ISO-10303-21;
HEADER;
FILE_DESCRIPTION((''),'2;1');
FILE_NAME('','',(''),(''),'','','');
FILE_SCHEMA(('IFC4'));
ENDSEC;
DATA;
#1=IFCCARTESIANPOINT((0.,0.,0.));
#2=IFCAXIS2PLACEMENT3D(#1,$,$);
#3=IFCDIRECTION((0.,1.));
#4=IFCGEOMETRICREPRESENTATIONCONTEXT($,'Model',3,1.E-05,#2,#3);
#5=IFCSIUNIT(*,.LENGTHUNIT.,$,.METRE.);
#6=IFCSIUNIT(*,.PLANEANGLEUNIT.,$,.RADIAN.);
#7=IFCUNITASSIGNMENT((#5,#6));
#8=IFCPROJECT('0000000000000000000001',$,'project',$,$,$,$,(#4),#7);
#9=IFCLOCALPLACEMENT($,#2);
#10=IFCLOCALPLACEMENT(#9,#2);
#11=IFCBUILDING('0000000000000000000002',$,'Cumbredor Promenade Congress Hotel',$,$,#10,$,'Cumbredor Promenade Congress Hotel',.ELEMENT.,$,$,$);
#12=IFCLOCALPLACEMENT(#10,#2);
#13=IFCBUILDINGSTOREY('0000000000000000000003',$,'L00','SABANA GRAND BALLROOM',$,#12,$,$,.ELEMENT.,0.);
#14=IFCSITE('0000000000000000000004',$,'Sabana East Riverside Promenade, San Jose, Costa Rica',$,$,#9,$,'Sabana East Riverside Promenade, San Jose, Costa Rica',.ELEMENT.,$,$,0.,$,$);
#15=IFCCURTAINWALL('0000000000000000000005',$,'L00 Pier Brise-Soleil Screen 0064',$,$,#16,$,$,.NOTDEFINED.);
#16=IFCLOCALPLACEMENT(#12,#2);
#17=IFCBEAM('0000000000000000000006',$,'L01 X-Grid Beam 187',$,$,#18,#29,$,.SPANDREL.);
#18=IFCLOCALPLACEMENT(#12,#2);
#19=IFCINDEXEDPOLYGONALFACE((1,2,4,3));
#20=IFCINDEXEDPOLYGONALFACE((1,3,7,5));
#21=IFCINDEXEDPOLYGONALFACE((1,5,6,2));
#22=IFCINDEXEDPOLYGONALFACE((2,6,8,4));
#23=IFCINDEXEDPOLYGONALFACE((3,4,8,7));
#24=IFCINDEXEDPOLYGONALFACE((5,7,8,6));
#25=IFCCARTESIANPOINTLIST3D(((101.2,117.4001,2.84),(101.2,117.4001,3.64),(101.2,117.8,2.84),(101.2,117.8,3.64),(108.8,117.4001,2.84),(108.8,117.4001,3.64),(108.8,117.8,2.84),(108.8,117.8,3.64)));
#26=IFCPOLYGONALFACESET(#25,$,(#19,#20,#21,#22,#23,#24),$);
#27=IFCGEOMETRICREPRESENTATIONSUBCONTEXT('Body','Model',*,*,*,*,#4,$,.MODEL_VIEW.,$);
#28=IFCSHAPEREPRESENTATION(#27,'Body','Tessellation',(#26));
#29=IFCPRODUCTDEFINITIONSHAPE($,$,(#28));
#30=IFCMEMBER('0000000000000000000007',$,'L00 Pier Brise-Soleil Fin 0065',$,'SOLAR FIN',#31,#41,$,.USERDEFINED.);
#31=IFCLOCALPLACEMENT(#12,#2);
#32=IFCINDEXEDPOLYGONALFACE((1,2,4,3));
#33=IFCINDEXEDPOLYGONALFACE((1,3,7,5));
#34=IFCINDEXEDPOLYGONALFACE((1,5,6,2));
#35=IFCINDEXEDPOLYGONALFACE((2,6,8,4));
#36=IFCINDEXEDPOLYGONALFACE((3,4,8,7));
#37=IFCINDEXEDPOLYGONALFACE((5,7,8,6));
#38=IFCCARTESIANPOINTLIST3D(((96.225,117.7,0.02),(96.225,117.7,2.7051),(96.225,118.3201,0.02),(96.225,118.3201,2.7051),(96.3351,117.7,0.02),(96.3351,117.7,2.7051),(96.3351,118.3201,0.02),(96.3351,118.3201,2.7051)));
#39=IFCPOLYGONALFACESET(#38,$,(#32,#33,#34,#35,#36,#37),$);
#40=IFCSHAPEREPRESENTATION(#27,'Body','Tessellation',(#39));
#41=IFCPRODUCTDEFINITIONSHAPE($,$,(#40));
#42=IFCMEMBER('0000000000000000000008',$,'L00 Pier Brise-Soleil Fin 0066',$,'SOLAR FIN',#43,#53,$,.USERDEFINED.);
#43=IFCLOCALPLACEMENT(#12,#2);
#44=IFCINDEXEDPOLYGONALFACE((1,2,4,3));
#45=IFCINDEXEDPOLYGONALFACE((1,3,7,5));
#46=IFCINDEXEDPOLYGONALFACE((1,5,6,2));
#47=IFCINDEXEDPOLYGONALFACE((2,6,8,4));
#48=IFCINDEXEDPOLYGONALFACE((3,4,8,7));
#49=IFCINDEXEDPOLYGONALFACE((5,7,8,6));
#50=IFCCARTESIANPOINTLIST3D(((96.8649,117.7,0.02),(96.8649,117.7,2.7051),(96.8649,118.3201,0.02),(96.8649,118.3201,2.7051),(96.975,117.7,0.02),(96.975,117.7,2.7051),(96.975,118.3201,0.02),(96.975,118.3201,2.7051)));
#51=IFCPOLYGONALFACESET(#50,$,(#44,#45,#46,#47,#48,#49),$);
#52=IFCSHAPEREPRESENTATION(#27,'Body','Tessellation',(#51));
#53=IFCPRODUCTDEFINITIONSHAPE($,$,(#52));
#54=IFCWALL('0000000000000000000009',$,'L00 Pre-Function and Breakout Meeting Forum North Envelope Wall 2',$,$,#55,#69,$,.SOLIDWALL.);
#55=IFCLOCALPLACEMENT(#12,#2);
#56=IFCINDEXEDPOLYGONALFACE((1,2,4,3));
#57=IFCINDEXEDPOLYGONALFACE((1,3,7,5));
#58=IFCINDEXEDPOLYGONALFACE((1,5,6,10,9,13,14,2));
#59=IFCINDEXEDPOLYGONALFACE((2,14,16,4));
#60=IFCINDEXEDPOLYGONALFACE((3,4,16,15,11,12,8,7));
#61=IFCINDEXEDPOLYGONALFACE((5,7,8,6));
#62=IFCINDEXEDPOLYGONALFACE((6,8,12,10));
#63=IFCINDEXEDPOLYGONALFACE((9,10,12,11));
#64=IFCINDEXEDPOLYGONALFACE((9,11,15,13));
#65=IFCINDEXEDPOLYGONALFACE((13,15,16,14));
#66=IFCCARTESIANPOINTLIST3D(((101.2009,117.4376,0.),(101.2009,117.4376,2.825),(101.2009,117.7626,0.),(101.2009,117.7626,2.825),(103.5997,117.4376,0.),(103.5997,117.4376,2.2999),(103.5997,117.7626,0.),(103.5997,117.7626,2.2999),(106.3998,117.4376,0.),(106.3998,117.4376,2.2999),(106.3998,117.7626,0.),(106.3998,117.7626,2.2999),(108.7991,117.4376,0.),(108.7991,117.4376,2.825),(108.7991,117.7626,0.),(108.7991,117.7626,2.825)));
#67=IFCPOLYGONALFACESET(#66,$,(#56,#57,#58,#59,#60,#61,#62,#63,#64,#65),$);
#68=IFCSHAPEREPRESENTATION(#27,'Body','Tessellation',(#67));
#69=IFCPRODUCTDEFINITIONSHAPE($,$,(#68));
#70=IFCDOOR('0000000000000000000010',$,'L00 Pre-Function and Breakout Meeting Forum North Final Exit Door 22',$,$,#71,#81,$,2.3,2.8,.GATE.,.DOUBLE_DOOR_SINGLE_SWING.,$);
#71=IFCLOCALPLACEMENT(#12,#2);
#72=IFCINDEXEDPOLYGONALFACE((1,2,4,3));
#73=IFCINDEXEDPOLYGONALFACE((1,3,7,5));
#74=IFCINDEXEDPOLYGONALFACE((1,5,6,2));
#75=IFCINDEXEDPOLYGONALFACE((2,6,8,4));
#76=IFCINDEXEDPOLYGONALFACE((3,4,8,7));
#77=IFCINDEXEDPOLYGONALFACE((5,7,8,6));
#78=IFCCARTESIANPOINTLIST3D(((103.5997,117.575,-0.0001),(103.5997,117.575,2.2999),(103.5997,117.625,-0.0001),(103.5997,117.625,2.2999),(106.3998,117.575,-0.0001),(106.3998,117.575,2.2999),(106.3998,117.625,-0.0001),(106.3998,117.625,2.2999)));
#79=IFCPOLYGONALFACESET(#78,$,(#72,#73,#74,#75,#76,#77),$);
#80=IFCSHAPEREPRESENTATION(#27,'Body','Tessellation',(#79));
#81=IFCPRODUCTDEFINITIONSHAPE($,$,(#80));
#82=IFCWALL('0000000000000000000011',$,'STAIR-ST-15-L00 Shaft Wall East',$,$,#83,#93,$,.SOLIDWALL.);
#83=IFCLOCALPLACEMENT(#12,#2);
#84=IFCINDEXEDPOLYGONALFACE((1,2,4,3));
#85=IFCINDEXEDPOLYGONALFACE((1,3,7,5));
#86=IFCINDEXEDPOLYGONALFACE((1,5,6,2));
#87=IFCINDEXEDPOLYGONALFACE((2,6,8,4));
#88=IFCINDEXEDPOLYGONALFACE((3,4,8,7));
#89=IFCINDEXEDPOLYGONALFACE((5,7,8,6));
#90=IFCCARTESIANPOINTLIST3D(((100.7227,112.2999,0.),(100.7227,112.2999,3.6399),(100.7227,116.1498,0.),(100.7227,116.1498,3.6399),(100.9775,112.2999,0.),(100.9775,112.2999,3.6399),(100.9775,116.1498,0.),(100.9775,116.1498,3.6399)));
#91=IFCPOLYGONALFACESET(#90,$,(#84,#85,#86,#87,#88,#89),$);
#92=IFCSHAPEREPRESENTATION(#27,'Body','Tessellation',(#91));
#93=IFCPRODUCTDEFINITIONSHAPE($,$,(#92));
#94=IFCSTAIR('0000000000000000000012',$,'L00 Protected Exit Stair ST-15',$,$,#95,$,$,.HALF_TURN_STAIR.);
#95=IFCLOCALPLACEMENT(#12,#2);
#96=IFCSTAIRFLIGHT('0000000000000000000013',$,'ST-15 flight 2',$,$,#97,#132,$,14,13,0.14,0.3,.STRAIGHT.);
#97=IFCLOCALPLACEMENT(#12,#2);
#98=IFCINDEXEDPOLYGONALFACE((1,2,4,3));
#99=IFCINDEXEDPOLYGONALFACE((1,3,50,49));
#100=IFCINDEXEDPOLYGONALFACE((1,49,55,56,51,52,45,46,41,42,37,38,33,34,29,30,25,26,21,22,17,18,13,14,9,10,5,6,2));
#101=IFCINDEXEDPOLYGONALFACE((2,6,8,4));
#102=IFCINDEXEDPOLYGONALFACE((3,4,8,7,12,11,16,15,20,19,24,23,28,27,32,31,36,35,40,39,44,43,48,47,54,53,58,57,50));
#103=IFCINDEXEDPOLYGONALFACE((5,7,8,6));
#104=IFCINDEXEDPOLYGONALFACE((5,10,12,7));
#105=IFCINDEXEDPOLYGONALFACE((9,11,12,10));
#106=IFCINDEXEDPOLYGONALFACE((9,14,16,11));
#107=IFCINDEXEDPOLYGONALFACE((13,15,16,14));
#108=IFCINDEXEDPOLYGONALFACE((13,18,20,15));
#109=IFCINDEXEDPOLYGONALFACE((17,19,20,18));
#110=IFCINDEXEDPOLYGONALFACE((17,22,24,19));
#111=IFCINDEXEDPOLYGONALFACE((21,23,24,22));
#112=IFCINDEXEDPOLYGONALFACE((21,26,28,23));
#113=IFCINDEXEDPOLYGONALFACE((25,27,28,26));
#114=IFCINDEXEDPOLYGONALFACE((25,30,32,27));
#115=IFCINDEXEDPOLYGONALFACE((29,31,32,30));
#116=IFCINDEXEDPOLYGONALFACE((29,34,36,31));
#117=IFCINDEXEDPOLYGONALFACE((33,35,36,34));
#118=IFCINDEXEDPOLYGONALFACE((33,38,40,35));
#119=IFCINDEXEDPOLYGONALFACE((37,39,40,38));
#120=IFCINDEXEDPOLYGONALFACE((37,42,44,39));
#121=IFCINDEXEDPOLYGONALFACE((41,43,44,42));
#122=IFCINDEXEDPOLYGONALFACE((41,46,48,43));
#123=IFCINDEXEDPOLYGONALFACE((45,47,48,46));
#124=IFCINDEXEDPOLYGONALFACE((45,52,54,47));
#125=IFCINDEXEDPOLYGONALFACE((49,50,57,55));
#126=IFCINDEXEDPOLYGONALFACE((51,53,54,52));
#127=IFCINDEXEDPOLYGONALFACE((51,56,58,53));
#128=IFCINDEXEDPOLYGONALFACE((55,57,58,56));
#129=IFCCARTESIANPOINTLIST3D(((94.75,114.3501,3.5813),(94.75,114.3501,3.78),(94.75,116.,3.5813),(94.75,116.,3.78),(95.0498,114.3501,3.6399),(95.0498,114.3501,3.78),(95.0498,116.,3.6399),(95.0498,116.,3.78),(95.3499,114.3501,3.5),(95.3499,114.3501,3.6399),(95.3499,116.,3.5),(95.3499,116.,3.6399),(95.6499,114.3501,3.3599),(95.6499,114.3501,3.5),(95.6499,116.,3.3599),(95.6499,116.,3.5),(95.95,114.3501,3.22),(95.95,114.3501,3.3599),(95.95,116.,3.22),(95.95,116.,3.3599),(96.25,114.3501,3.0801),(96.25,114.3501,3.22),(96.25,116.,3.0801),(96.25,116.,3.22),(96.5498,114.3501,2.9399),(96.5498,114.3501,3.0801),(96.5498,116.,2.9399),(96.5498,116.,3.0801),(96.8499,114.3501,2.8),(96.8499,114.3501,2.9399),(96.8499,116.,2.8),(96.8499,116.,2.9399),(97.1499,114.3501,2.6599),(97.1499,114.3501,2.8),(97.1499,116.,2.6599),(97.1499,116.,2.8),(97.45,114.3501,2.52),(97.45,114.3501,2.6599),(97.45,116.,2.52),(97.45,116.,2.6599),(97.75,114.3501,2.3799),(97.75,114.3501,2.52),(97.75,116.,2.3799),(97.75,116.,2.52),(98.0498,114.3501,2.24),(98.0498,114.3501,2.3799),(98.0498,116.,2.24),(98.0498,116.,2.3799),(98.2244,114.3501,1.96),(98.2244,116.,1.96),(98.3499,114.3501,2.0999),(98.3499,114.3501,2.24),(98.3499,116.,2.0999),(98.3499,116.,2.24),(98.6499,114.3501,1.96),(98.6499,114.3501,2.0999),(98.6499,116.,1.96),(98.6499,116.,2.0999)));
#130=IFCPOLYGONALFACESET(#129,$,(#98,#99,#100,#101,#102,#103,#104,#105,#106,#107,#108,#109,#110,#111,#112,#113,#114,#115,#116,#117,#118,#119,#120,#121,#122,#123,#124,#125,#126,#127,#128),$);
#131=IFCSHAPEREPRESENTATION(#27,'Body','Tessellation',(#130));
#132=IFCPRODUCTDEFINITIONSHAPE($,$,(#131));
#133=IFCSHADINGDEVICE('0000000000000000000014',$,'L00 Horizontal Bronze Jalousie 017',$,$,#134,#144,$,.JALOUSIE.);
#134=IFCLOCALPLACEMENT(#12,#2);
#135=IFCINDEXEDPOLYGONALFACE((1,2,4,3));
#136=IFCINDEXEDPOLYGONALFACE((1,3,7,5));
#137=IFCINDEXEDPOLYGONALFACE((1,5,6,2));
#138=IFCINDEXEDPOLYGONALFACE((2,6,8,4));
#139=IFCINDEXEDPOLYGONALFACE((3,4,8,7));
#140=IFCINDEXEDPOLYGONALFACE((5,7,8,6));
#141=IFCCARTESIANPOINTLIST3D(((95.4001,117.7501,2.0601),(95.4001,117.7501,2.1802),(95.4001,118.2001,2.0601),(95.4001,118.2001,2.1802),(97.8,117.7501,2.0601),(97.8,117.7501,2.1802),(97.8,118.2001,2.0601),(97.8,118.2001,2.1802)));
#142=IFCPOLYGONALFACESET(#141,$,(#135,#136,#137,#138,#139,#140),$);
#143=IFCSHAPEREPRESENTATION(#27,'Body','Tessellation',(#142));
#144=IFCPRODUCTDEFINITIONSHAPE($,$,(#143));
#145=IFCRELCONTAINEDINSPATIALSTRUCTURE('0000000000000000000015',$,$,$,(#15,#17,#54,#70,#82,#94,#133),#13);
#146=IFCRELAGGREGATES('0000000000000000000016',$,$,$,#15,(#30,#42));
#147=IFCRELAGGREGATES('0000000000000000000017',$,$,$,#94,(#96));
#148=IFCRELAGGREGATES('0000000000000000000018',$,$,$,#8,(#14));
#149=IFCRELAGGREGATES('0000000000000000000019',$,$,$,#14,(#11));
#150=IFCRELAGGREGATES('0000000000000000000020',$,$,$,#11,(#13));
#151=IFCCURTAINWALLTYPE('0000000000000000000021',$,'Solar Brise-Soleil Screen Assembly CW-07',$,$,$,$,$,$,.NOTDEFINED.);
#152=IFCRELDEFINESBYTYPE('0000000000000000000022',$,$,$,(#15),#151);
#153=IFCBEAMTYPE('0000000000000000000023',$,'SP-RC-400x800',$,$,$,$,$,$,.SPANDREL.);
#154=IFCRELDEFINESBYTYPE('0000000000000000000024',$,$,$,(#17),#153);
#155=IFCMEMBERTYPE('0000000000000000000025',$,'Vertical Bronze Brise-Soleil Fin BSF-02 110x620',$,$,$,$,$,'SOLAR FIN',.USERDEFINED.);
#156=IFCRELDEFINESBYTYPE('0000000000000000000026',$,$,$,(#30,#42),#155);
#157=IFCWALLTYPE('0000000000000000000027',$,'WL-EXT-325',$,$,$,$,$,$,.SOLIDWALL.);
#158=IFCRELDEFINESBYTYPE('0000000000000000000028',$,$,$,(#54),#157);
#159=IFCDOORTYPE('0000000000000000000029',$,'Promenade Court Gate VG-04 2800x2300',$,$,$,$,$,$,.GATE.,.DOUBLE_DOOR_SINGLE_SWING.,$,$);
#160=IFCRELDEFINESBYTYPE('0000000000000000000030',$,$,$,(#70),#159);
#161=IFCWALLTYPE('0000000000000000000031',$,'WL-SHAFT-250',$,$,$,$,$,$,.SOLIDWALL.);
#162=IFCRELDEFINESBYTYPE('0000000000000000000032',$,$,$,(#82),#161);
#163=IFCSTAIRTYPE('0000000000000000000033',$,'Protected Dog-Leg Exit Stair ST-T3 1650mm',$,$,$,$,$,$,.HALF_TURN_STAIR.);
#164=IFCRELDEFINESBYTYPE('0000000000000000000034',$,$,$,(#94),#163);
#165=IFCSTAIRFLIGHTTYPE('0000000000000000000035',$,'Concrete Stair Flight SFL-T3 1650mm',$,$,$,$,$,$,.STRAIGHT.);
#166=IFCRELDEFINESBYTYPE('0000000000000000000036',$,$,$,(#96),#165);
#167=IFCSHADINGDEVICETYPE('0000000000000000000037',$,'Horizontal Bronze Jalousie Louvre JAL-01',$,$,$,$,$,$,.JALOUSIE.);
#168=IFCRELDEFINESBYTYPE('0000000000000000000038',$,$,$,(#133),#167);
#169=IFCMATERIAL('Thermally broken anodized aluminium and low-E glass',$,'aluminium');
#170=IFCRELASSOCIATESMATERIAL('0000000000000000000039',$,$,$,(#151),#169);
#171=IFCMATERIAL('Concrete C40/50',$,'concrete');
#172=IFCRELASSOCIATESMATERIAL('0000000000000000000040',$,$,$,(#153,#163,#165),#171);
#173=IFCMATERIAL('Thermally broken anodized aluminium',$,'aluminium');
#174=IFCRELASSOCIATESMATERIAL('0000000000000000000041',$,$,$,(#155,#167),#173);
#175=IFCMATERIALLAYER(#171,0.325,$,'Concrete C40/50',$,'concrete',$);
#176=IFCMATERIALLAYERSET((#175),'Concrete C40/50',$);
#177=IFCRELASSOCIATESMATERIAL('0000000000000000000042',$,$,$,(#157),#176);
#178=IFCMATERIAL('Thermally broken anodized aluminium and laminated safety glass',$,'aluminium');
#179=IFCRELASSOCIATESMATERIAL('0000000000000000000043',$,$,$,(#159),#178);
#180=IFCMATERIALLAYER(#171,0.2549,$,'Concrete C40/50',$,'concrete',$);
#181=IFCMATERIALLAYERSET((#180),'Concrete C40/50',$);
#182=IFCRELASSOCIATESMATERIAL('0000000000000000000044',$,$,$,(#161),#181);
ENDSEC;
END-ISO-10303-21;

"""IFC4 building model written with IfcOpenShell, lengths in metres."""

from ifc_helpers import new_model, si_unit, direction, frame, frame_2d, origin, origin_2d, place, context, subcontext, project, spatial, polyline, rectangle, outline, extrude, material, layer, layer_set, material_profile, profile_set, type_object, element, fill, aggregate, save


model = new_model("IFC4")

# Units and contexts
model_context = context("Model", 3, precision=1e-05, world=origin(), true_north=direction((0.0, 1.0)))
body_context = subcontext(model_context, "Body", "Model", "MODEL_VIEW")
ifc_project = project(units=[si_unit("LENGTHUNIT", "METRE"), si_unit("PLANEANGLEUNIT", "RADIAN")], contexts=[model_context])

# Site, building, storey
site_placement = place(None, origin())
site = spatial("IfcSite", under=ifc_project, at=site_placement, Name="Sabana East Riverside Promenade, San Jose, Costa Rica", LongName="Sabana East Riverside Promenade, San Jose, Costa Rica", CompositionType="ELEMENT", RefElevation=0.0)
building_placement = place(site_placement, origin())
building = spatial("IfcBuilding", under=site, at=building_placement, Name="Cumbredor Promenade Congress Hotel", LongName="Cumbredor Promenade Congress Hotel", CompositionType="ELEMENT")
storey_placement = place(building_placement, origin())
storey = spatial("IfcBuildingStorey", under=building, at=storey_placement, Name="L00", Description="SABANA GRAND BALLROOM", CompositionType="ELEMENT", Elevation=0.0)

# Shared definitions
ifc_material_1 = material(Name="Concrete C40/50", Category="concrete")

# Curtain wall
ifc_material_2 = material(Name="Thermally broken anodized aluminium and low-E glass", Category="aluminium")
curtain_wall_type = type_object("IfcCurtainWallType", Name="Solar Brise-Soleil Screen Assembly CW-07", PredefinedType="NOTDEFINED", material=ifc_material_2)
curtain_wall_placement = place(storey_placement, origin())
curtain_wall = element("IfcCurtainWall", 1, at=curtain_wall_placement, inside=storey, type_object=curtain_wall_type, Name="L00 Pier Brise-Soleil Screen 0064", PredefinedType="NOTDEFINED")
ifc_material_3 = material(Name="Thermally broken anodized aluminium", Category="aluminium")

# Beam
ifc_material_profile_1 = material_profile(ifc_material_1, rectangle(XDim=0.3999, YDim=0.8, at=origin_2d()), Name="RC SPANDREL 400x800")
ifc_profile_set_1 = profile_set([ifc_material_profile_1], Name="Concrete C40/50")
beam_type_1 = type_object("IfcBeamType", Name="SP-RC-400x800", PredefinedType="SPANDREL", material=ifc_profile_set_1)
beam_1_placement = place(storey_placement, frame((101.2, 117.6001, 3.24), z_axis=(1.0, 0.0, 0.0), x_axis=(0.0, 1.0, 0.0)))
element("IfcBeam", 2, at=beam_1_placement, inside=storey, type_object=beam_type_1, Name="L01 X-Grid Beam 187", PredefinedType="SPANDREL", context=body_context, shape_type="SweptSolid", body=[
    extrude(rectangle(XDim=0.3999, YDim=0.8, at=origin_2d()), origin(), (0.0, 0.0, 1.0), 7.6001),
])

# Members
ifc_material_profile_2 = material_profile(ifc_material_3, rectangle(XDim=0.1101, YDim=0.6201, at=origin_2d()), Name="ARCH FIN 110x620")
ifc_profile_set_2 = profile_set([ifc_material_profile_2], Name="Thermally broken anodized aluminium")
member_type_1 = type_object("IfcMemberType", Name="Vertical Bronze Brise-Soleil Fin BSF-02 110x620", ElementType="SOLAR FIN", PredefinedType="USERDEFINED", material=ifc_profile_set_2)
member_1_placement = place(storey_placement, frame((96.28, 118.01, 0.02), z_axis=(0.0, 0.0, 1.0), x_axis=(1.0, 0.0, 0.0)))
member_1 = element("IfcMember", 3, at=member_1_placement, type_object=member_type_1, Name="L00 Pier Brise-Soleil Fin 0065", ObjectType="SOLAR FIN", PredefinedType="USERDEFINED", context=body_context, shape_type="SweptSolid", body=[
    extrude(rectangle(XDim=0.1101, YDim=0.6201, at=origin_2d()), origin(), (0.0, 0.0, 1.0), 2.6851),
])
member_2_placement = place(storey_placement, frame((96.9199, 118.01, 0.02), z_axis=(0.0, 0.0, 1.0), x_axis=(1.0, 0.0, 0.0)))
member_2 = element("IfcMember", 4, at=member_2_placement, type_object=member_type_1, Name="L00 Pier Brise-Soleil Fin 0066", ObjectType="SOLAR FIN", PredefinedType="USERDEFINED", context=body_context, shape_type="SweptSolid", body=[
    extrude(rectangle(XDim=0.1101, YDim=0.6201, at=origin_2d()), origin(), (0.0, 0.0, 1.0), 2.6851),
])
aggregate(curtain_wall, [member_1, member_2])

# Wall, opening, door
ifc_layer_1 = layer(ifc_material_1, 0.325, Name="Concrete C40/50", Category="concrete")
ifc_layer_set_1 = layer_set([ifc_layer_1], Name="Concrete C40/50")
wall_type_1 = type_object("IfcWallType", Name="WL-EXT-325", PredefinedType="SOLIDWALL", material=ifc_layer_set_1)
wall_1_placement = place(storey_placement, frame((101.2009, 117.6001, 0.0), z_axis=(0.0, 0.0, 1.0), x_axis=(1.0, 0.0, 0.0)))
wall_1 = element("IfcWall", 5, at=wall_1_placement, inside=storey, type_object=wall_type_1, Name="L00 Pre-Function and Breakout Meeting Forum North Envelope Wall 2", PredefinedType="SOLIDWALL", context=body_context, shape_type="SweptSolid", body=[
    extrude(rectangle(XDim=7.5981, YDim=0.325, at=frame_2d((3.7991, 0.0))), origin(), (0.0, 0.0, 1.0), 2.825),
])
opening_placement = place(wall_1_placement, frame((2.3989, 0.0, 0.0)))
opening = element("IfcOpeningElement", 6, at=opening_placement, cuts=wall_1, PredefinedType="OPENING", context=body_context, shape_type="SweptSolid", body=[
    extrude(rectangle(XDim=2.8, YDim=2.3, at=frame_2d((1.3999, 1.1499))), frame((0.0, 0.1724, 0.0), z_axis=(0.0, -1.0, 0.0), x_axis=(1.0, 0.0, 0.0)), (0.0, 0.0, 1.0), 0.345),
])
ifc_material_4 = material(Name="Thermally broken anodized aluminium and laminated safety glass", Category="aluminium")
door_type = type_object("IfcDoorType", Name="Promenade Court Gate VG-04 2800x2300", OperationType="DOUBLE_DOOR_SINGLE_SWING", PredefinedType="GATE", material=ifc_material_4)
door_placement = place(opening_placement, origin())
door = element("IfcDoor", 7, at=door_placement, inside=storey, type_object=door_type, Name="L00 Pre-Function and Breakout Meeting Forum North Final Exit Door 22", OperationType="DOUBLE_DOOR_SINGLE_SWING", OverallHeight=2.3, OverallWidth=2.8, PredefinedType="GATE", context=body_context, shape_type="SweptSolid", body=[
    extrude(rectangle(XDim=2.8, YDim=2.3, at=frame_2d((1.3999, 1.1499))), frame((0.0, 0.0249, 0.0), z_axis=(0.0, -1.0, 0.0), x_axis=(1.0, 0.0, 0.0)), (0.0, 0.0, 1.0), 0.05),
])
fill(opening, door)

# Wall
ifc_layer_2 = layer(ifc_material_1, 0.2549, Name="Concrete C40/50", Category="concrete")
ifc_layer_set_2 = layer_set([ifc_layer_2], Name="Concrete C40/50")
wall_type_2 = type_object("IfcWallType", Name="WL-SHAFT-250", PredefinedType="SOLIDWALL", material=ifc_layer_set_2)
wall_2_placement = place(storey_placement, frame((100.8501, 112.3, 0.0), z_axis=(0.0, 0.0, 1.0), x_axis=(0.0, 1.0, 0.0)))
element("IfcWall", 8, at=wall_2_placement, inside=storey, type_object=wall_type_2, Name="STAIR-ST-15-L00 Shaft Wall East", PredefinedType="SOLIDWALL", context=body_context, shape_type="SweptSolid", body=[
    extrude(rectangle(XDim=3.8499, YDim=0.2549, at=frame_2d((1.9248, 0.0))), origin(), (0.0, 0.0, 1.0), 3.6399),
])

# Stair, stair flight
stair_type = type_object("IfcStairType", Name="Protected Dog-Leg Exit Stair ST-T3 1650mm", PredefinedType="HALF_TURN_STAIR", material=ifc_material_1)
stair_placement = place(storey_placement, origin())
stair = element("IfcStair", 9, at=stair_placement, inside=storey, type_object=stair_type, Name="L00 Protected Exit Stair ST-15", PredefinedType="HALF_TURN_STAIR")
stair_flight_type = type_object("IfcStairFlightType", Name="Concrete Stair Flight SFL-T3 1650mm", PredefinedType="STRAIGHT", material=ifc_material_1)
stair_flight_placement = place(storey_placement, frame((98.6499, 115.175, 1.96), z_axis=(0.0, 0.0, 1.0), x_axis=(-1.0, 0.0, 0.0)))
stair_flight = element("IfcStairFlight", 10, at=stair_flight_placement, type_object=stair_flight_type, Name="ST-15 flight 2", NumberOfRisers=14, NumberOfTreads=13, PredefinedType="STRAIGHT", RiserHeight=0.14, TreadLength=0.3, context=body_context, shape_type="SweptSolid", body=[
    extrude(outline(polyline([(0.0, 0.0), (0.0, 0.1399), (0.3, 0.1399), (0.3, 0.28), (0.6001, 0.28), (0.6001, 0.4199), (0.8999, 0.4199), (0.8999, 0.5601), (1.2, 0.5601), (1.2, 0.7), (1.5, 0.7), (1.5, 0.8401), (1.8, 0.8401), (1.8, 0.98), (2.1001, 0.98), (2.1001, 1.1201), (2.3999, 1.1201), (2.3999, 1.26), (2.7, 1.26), (2.7, 1.3999), (3.0, 1.3999), (3.0, 1.54), (3.3, 1.54), (3.3, 1.6799), (3.6001, 1.6799), (3.6001, 1.8201), (3.8999, 1.8201), (3.8999, 1.96), (3.8999, 1.6213), (0.4255, 0.0), (0.0, 0.0)])), frame((0.0, 0.825, 0.0), z_axis=(0.0, -1.0, 0.0), x_axis=(1.0, 0.0, 0.0)), (0.0, 0.0, 1.0), 1.6499),
])
aggregate(stair, [stair_flight])

# Shading device
shading_device_type = type_object("IfcShadingDeviceType", Name="Horizontal Bronze Jalousie Louvre JAL-01", PredefinedType="JALOUSIE", material=ifc_material_3)
shading_device_placement = place(storey_placement, frame((96.6001, 117.9751, 2.0601), z_axis=(0.0, 0.0, 1.0), x_axis=(1.0, 0.0, 0.0)))
element("IfcShadingDevice", 11, at=shading_device_placement, inside=storey, type_object=shading_device_type, Name="L00 Horizontal Bronze Jalousie 017", PredefinedType="JALOUSIE", context=body_context, shape_type="SweptSolid", body=[
    extrude(rectangle(XDim=2.3999, YDim=0.45, at=origin_2d()), origin(), (0.0, 0.0, 1.0), 0.1201),
])

save(model, "model.ifc")
